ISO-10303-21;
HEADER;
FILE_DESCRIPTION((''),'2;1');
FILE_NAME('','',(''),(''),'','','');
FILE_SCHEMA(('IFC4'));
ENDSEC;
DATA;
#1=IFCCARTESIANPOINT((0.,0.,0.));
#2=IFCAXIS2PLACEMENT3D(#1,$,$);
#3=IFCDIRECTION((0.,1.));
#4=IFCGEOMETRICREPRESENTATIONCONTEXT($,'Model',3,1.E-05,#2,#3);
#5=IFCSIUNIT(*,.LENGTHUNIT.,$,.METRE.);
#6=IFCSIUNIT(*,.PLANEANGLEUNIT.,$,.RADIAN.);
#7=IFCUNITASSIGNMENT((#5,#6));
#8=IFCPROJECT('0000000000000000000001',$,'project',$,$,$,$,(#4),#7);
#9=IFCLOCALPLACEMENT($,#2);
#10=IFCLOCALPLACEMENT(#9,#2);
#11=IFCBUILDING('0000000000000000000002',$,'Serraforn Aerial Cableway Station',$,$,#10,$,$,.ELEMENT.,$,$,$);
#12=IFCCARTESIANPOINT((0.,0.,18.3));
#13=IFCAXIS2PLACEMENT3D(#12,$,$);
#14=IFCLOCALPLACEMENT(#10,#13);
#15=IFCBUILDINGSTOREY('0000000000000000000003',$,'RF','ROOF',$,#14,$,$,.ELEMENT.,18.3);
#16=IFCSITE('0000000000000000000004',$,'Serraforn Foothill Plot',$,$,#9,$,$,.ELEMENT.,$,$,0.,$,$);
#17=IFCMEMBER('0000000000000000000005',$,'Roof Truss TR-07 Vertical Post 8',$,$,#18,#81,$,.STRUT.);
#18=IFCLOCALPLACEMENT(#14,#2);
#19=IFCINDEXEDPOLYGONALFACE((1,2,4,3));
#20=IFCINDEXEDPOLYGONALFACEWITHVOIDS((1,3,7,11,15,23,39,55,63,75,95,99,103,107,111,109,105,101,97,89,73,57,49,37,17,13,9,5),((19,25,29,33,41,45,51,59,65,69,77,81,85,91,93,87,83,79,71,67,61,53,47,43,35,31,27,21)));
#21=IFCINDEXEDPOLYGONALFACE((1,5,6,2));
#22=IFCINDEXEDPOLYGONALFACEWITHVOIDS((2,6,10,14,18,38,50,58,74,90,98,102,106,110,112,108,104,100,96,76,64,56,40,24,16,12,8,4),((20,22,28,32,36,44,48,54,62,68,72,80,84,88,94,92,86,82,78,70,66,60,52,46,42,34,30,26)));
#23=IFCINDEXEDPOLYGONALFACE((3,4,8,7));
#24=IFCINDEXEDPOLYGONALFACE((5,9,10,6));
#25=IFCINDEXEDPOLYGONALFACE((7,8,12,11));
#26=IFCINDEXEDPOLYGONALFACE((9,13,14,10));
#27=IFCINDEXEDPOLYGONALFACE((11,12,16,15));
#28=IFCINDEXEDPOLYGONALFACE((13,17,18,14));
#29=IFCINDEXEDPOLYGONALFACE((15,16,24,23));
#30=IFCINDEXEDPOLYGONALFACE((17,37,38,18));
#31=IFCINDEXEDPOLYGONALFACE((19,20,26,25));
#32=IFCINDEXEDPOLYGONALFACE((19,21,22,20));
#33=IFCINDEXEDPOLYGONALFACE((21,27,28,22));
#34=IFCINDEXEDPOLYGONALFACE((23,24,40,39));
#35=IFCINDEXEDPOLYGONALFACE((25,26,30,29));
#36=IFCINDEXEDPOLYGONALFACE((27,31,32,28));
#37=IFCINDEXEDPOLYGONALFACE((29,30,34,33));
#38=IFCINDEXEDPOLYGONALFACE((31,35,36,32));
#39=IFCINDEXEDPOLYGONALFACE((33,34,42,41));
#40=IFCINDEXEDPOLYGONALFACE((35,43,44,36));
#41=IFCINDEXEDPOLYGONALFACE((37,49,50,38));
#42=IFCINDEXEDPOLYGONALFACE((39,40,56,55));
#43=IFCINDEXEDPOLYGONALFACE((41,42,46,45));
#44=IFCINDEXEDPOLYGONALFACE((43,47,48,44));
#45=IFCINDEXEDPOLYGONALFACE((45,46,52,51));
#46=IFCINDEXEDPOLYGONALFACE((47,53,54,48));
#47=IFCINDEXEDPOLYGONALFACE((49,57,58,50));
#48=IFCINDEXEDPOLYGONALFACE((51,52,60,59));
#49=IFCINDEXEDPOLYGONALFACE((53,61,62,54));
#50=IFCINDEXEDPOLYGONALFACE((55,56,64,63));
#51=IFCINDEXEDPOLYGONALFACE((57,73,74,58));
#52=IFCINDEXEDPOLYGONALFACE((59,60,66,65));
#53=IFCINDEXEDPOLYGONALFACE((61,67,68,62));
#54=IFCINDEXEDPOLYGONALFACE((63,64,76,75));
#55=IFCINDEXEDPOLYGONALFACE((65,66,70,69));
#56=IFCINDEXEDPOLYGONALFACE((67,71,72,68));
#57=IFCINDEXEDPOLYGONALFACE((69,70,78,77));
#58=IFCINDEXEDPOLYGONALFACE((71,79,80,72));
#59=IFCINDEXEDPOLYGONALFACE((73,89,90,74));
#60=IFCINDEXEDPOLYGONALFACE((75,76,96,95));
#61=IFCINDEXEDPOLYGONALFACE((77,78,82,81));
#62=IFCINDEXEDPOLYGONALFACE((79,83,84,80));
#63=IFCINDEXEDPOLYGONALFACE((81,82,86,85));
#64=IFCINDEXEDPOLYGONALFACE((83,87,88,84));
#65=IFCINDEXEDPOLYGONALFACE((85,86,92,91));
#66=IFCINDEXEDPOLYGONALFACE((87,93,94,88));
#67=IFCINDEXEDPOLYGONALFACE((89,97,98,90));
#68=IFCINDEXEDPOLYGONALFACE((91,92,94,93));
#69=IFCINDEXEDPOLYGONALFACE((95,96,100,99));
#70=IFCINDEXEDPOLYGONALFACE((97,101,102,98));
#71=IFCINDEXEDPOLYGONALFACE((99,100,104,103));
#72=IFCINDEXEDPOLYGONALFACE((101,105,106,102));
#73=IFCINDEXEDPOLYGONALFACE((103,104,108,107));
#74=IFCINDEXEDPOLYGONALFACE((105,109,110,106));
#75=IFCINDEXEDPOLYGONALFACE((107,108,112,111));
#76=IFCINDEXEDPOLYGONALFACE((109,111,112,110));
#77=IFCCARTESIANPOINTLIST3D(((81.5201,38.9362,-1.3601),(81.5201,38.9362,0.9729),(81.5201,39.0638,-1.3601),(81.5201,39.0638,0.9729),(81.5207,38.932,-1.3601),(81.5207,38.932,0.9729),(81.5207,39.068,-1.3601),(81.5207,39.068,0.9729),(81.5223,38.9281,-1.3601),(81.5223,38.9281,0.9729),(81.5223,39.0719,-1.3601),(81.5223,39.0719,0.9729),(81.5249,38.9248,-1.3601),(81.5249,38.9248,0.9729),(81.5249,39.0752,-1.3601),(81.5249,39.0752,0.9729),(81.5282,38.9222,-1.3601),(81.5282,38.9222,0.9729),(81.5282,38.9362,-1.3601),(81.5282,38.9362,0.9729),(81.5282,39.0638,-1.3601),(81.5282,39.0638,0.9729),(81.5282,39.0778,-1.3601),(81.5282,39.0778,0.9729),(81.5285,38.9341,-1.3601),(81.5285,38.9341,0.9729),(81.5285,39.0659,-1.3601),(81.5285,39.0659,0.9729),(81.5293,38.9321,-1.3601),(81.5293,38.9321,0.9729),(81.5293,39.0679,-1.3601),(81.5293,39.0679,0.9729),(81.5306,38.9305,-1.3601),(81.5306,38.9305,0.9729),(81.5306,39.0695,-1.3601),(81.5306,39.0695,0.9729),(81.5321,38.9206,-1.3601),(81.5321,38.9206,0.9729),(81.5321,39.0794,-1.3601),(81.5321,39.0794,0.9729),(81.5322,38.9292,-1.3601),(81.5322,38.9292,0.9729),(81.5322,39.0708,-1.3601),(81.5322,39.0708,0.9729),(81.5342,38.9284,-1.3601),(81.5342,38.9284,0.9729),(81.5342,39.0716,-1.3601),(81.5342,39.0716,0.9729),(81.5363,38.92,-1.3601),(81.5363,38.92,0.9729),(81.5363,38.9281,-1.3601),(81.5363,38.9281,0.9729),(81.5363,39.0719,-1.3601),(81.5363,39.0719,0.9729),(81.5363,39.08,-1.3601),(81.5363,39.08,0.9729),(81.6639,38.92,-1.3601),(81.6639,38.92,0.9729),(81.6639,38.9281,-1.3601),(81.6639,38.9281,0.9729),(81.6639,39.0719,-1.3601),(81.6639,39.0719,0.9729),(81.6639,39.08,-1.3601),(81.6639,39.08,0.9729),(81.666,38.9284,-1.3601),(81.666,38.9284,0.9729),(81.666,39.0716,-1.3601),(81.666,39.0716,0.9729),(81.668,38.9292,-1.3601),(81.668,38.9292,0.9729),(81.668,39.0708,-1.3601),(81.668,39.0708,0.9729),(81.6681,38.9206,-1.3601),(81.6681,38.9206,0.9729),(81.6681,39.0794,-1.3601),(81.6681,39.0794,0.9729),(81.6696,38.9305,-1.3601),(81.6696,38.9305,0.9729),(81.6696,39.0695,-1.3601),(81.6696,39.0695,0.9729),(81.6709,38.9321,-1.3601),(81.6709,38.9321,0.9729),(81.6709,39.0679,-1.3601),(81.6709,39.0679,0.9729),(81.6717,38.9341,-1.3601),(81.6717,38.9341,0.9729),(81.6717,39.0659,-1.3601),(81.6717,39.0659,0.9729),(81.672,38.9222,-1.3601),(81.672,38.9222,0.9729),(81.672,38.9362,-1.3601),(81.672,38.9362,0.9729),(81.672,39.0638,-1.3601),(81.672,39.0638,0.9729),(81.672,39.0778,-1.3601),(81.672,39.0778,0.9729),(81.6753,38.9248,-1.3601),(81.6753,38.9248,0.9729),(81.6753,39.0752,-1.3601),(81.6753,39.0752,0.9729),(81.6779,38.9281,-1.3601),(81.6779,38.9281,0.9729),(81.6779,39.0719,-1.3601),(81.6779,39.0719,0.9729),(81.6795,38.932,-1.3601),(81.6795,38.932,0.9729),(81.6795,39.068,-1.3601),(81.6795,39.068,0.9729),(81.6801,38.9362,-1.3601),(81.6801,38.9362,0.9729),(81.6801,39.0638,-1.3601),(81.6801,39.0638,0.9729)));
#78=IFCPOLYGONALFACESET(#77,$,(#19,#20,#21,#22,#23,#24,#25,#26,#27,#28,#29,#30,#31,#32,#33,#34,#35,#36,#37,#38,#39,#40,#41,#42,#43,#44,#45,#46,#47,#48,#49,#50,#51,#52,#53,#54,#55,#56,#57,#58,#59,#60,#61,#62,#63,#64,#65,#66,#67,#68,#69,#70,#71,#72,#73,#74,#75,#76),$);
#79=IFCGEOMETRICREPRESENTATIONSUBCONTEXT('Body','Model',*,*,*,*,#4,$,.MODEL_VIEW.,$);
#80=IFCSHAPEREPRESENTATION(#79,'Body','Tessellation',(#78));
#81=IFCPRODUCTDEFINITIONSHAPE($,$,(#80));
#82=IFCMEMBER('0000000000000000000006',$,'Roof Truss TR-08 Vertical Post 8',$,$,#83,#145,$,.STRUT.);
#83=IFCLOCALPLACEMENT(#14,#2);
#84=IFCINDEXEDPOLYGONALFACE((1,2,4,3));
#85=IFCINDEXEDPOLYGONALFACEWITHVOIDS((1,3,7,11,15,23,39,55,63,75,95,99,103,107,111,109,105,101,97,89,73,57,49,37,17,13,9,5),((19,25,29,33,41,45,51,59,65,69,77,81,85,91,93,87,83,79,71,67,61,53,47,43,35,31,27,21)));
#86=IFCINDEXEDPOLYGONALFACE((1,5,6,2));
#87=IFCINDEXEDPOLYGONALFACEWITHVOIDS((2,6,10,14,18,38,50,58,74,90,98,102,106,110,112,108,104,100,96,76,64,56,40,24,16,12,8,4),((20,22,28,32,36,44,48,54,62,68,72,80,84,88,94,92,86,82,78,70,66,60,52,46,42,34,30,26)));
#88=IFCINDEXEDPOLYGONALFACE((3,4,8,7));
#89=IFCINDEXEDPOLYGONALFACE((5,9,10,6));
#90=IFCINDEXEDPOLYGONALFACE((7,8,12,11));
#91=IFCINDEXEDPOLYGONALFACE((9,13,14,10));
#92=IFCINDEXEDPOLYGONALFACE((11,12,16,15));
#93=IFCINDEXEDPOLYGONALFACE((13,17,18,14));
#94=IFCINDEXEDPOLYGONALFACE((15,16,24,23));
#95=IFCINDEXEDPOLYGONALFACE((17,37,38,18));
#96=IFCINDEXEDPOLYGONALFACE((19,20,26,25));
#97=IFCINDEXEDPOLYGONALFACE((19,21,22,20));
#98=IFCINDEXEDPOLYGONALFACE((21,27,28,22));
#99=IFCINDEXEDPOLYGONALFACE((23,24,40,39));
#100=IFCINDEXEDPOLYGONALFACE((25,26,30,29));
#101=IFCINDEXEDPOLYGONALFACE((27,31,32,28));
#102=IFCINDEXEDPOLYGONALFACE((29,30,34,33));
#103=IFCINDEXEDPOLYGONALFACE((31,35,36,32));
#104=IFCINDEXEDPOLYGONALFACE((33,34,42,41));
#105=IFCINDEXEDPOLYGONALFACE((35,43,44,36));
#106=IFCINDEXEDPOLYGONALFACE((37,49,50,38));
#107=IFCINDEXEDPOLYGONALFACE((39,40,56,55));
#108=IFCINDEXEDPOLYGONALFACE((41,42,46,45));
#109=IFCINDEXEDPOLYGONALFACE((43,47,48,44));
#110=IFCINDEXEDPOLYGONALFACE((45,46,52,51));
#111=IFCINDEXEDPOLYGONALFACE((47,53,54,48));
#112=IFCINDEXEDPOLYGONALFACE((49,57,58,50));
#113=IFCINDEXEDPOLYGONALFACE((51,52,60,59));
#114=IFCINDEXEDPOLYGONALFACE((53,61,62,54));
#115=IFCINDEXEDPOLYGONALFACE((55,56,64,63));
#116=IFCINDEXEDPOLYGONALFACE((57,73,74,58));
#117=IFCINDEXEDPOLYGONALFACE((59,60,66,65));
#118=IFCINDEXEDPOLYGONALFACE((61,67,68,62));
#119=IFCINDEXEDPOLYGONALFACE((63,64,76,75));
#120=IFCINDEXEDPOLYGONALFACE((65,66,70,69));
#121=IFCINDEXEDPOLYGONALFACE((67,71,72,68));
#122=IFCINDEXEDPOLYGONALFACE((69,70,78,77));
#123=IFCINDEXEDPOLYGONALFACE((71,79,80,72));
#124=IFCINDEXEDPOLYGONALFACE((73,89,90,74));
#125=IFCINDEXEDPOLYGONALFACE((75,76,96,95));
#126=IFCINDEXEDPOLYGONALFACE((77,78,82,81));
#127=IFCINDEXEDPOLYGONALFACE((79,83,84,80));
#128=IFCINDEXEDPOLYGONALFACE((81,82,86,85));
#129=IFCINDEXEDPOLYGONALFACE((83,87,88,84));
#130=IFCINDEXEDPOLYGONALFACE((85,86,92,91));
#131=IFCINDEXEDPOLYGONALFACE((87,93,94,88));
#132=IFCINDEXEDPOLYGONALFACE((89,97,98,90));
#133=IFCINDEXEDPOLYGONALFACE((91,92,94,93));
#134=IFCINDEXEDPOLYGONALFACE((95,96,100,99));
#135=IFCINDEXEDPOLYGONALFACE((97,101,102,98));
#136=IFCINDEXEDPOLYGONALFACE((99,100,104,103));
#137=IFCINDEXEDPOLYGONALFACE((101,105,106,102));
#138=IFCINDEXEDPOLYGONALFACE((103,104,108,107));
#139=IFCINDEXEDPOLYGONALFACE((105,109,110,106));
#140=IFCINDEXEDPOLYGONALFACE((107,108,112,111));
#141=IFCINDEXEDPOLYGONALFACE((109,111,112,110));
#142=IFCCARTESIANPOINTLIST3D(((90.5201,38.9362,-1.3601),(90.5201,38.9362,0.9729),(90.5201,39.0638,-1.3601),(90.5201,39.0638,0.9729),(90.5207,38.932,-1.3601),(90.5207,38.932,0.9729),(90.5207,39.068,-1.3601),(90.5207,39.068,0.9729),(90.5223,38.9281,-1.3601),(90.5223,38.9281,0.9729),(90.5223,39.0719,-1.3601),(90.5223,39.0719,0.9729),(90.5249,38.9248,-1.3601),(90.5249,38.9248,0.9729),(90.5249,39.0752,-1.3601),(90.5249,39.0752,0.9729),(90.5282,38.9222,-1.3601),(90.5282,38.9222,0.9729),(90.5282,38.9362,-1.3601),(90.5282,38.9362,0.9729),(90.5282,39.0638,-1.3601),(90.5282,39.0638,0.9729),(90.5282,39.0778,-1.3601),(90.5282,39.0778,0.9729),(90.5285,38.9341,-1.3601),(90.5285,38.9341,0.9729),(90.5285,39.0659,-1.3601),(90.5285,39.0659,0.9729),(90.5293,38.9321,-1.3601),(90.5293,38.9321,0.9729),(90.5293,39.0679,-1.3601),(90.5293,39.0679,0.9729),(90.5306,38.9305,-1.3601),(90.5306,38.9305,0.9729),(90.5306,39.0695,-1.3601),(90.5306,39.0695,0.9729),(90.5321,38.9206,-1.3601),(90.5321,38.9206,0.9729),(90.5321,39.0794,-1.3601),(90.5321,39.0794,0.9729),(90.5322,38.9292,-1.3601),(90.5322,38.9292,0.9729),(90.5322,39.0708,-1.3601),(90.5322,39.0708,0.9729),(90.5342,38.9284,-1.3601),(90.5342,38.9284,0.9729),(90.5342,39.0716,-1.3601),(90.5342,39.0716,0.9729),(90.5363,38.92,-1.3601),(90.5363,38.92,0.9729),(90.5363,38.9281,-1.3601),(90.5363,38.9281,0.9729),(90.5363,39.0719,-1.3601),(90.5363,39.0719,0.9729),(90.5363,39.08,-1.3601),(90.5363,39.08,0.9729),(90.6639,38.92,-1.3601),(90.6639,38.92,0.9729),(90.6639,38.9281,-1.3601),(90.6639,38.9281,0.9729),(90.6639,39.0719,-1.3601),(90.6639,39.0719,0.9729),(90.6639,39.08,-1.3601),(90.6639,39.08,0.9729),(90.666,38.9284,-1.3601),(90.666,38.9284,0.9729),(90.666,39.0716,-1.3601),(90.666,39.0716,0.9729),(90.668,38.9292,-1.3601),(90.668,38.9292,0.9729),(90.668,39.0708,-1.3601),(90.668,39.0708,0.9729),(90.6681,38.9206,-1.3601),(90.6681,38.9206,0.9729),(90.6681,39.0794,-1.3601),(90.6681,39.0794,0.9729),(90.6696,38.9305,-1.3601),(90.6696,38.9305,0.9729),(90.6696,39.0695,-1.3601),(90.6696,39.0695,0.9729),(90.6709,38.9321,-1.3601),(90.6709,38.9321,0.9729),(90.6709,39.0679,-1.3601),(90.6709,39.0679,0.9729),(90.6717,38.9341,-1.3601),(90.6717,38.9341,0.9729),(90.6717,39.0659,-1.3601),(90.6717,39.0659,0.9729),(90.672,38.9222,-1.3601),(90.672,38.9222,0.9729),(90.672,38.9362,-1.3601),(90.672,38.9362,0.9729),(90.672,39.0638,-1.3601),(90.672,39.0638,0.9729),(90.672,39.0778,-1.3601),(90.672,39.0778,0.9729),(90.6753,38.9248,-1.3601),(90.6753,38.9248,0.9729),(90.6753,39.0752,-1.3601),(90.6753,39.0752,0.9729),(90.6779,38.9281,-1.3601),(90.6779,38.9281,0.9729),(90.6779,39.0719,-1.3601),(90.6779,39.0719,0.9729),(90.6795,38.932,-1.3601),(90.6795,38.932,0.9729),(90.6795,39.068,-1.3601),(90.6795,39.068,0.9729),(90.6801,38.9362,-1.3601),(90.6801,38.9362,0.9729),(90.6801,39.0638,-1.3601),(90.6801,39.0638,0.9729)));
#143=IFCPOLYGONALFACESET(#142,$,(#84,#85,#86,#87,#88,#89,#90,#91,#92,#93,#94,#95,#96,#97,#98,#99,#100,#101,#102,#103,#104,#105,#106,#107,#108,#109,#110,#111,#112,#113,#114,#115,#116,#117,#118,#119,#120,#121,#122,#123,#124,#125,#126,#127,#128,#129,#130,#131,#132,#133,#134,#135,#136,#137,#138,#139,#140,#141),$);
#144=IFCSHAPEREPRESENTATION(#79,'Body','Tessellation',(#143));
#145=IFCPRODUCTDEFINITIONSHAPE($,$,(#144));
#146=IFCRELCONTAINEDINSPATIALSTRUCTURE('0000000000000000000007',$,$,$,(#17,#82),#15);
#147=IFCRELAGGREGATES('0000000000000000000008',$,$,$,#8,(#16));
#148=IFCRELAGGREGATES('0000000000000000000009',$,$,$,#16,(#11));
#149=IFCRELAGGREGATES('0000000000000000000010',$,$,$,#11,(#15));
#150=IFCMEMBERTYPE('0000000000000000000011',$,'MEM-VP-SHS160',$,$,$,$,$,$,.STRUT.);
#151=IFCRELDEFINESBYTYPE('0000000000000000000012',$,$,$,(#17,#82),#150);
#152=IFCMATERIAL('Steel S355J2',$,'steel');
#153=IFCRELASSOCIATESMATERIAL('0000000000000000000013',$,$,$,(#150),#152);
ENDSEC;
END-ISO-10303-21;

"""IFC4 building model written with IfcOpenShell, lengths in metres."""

from ifc_helpers import new_model, si_unit, direction, frame, origin, origin_2d, place, context, subcontext, project, spatial, hollow_rectangle, extrude, material, material_profile, profile_set, type_object, element, save


model = new_model("IFC4")

# Units and contexts
model_context = context("Model", 3, precision=1e-05, world=origin(), true_north=direction((0.0, 1.0)))
body_context = subcontext(model_context, "Body", "Model", "MODEL_VIEW")
ifc_project = project(units=[si_unit("LENGTHUNIT", "METRE"), si_unit("PLANEANGLEUNIT", "RADIAN")], contexts=[model_context])

# Site, building, storey
site_placement = place(None, origin())
site = spatial("IfcSite", under=ifc_project, at=site_placement, Name="Serraforn Foothill Plot", CompositionType="ELEMENT", RefElevation=0.0)
building_placement = place(site_placement, origin())
building = spatial("IfcBuilding", under=site, at=building_placement, Name="Serraforn Aerial Cableway Station", CompositionType="ELEMENT")
storey_placement = place(building_placement, frame((0.0, 0.0, 18.3)))
storey = spatial("IfcBuildingStorey", under=building, at=storey_placement, Name="RF", Description="ROOF", CompositionType="ELEMENT", Elevation=18.3)

# Shared definitions
ifc_material_1 = material(Name="Steel S355J2", Category="steel")

# Members
ifc_material_profile_1 = material_profile(ifc_material_1, hollow_rectangle(XDim=0.1599, YDim=0.1599, WallThickness=0.0081, InnerFilletRadius=0.0081, OuterFilletRadius=0.0161, at=origin_2d()), Name="SHS 160x160x8.0")
ifc_profile_set_1 = profile_set([ifc_material_profile_1], Name="Steel S355J2")
member_type_1 = type_object("IfcMemberType", Name="MEM-VP-SHS160", PredefinedType="STRUT", material=ifc_profile_set_1)
for number, where, z_axis, x_axis, name in (
    (1, (81.6001, 39.0, -1.3601), (0.0, 0.0, 1.0), (1.0, 0.0, 0.0), "Roof Truss TR-07 Vertical Post 8"),
    (2, (90.6001, 39.0, -1.3601), (0.0, 0.0, 1.0), (1.0, 0.0, 0.0), "Roof Truss TR-08 Vertical Post 8"),
):
    element("IfcMember", number, at=place(storey_placement, frame(where, z_axis=z_axis, x_axis=x_axis)), inside=storey, type_object=member_type_1, Name=name, PredefinedType="STRUT", context=body_context, shape_type="SweptSolid", body=[
        extrude(hollow_rectangle(XDim=0.1599, YDim=0.1599, WallThickness=0.0081, InnerFilletRadius=0.0081, OuterFilletRadius=0.0161, at=origin_2d()), origin(), (0.0, 0.0, 1.0), 2.333),
    ])

save(model, "model.ifc")
